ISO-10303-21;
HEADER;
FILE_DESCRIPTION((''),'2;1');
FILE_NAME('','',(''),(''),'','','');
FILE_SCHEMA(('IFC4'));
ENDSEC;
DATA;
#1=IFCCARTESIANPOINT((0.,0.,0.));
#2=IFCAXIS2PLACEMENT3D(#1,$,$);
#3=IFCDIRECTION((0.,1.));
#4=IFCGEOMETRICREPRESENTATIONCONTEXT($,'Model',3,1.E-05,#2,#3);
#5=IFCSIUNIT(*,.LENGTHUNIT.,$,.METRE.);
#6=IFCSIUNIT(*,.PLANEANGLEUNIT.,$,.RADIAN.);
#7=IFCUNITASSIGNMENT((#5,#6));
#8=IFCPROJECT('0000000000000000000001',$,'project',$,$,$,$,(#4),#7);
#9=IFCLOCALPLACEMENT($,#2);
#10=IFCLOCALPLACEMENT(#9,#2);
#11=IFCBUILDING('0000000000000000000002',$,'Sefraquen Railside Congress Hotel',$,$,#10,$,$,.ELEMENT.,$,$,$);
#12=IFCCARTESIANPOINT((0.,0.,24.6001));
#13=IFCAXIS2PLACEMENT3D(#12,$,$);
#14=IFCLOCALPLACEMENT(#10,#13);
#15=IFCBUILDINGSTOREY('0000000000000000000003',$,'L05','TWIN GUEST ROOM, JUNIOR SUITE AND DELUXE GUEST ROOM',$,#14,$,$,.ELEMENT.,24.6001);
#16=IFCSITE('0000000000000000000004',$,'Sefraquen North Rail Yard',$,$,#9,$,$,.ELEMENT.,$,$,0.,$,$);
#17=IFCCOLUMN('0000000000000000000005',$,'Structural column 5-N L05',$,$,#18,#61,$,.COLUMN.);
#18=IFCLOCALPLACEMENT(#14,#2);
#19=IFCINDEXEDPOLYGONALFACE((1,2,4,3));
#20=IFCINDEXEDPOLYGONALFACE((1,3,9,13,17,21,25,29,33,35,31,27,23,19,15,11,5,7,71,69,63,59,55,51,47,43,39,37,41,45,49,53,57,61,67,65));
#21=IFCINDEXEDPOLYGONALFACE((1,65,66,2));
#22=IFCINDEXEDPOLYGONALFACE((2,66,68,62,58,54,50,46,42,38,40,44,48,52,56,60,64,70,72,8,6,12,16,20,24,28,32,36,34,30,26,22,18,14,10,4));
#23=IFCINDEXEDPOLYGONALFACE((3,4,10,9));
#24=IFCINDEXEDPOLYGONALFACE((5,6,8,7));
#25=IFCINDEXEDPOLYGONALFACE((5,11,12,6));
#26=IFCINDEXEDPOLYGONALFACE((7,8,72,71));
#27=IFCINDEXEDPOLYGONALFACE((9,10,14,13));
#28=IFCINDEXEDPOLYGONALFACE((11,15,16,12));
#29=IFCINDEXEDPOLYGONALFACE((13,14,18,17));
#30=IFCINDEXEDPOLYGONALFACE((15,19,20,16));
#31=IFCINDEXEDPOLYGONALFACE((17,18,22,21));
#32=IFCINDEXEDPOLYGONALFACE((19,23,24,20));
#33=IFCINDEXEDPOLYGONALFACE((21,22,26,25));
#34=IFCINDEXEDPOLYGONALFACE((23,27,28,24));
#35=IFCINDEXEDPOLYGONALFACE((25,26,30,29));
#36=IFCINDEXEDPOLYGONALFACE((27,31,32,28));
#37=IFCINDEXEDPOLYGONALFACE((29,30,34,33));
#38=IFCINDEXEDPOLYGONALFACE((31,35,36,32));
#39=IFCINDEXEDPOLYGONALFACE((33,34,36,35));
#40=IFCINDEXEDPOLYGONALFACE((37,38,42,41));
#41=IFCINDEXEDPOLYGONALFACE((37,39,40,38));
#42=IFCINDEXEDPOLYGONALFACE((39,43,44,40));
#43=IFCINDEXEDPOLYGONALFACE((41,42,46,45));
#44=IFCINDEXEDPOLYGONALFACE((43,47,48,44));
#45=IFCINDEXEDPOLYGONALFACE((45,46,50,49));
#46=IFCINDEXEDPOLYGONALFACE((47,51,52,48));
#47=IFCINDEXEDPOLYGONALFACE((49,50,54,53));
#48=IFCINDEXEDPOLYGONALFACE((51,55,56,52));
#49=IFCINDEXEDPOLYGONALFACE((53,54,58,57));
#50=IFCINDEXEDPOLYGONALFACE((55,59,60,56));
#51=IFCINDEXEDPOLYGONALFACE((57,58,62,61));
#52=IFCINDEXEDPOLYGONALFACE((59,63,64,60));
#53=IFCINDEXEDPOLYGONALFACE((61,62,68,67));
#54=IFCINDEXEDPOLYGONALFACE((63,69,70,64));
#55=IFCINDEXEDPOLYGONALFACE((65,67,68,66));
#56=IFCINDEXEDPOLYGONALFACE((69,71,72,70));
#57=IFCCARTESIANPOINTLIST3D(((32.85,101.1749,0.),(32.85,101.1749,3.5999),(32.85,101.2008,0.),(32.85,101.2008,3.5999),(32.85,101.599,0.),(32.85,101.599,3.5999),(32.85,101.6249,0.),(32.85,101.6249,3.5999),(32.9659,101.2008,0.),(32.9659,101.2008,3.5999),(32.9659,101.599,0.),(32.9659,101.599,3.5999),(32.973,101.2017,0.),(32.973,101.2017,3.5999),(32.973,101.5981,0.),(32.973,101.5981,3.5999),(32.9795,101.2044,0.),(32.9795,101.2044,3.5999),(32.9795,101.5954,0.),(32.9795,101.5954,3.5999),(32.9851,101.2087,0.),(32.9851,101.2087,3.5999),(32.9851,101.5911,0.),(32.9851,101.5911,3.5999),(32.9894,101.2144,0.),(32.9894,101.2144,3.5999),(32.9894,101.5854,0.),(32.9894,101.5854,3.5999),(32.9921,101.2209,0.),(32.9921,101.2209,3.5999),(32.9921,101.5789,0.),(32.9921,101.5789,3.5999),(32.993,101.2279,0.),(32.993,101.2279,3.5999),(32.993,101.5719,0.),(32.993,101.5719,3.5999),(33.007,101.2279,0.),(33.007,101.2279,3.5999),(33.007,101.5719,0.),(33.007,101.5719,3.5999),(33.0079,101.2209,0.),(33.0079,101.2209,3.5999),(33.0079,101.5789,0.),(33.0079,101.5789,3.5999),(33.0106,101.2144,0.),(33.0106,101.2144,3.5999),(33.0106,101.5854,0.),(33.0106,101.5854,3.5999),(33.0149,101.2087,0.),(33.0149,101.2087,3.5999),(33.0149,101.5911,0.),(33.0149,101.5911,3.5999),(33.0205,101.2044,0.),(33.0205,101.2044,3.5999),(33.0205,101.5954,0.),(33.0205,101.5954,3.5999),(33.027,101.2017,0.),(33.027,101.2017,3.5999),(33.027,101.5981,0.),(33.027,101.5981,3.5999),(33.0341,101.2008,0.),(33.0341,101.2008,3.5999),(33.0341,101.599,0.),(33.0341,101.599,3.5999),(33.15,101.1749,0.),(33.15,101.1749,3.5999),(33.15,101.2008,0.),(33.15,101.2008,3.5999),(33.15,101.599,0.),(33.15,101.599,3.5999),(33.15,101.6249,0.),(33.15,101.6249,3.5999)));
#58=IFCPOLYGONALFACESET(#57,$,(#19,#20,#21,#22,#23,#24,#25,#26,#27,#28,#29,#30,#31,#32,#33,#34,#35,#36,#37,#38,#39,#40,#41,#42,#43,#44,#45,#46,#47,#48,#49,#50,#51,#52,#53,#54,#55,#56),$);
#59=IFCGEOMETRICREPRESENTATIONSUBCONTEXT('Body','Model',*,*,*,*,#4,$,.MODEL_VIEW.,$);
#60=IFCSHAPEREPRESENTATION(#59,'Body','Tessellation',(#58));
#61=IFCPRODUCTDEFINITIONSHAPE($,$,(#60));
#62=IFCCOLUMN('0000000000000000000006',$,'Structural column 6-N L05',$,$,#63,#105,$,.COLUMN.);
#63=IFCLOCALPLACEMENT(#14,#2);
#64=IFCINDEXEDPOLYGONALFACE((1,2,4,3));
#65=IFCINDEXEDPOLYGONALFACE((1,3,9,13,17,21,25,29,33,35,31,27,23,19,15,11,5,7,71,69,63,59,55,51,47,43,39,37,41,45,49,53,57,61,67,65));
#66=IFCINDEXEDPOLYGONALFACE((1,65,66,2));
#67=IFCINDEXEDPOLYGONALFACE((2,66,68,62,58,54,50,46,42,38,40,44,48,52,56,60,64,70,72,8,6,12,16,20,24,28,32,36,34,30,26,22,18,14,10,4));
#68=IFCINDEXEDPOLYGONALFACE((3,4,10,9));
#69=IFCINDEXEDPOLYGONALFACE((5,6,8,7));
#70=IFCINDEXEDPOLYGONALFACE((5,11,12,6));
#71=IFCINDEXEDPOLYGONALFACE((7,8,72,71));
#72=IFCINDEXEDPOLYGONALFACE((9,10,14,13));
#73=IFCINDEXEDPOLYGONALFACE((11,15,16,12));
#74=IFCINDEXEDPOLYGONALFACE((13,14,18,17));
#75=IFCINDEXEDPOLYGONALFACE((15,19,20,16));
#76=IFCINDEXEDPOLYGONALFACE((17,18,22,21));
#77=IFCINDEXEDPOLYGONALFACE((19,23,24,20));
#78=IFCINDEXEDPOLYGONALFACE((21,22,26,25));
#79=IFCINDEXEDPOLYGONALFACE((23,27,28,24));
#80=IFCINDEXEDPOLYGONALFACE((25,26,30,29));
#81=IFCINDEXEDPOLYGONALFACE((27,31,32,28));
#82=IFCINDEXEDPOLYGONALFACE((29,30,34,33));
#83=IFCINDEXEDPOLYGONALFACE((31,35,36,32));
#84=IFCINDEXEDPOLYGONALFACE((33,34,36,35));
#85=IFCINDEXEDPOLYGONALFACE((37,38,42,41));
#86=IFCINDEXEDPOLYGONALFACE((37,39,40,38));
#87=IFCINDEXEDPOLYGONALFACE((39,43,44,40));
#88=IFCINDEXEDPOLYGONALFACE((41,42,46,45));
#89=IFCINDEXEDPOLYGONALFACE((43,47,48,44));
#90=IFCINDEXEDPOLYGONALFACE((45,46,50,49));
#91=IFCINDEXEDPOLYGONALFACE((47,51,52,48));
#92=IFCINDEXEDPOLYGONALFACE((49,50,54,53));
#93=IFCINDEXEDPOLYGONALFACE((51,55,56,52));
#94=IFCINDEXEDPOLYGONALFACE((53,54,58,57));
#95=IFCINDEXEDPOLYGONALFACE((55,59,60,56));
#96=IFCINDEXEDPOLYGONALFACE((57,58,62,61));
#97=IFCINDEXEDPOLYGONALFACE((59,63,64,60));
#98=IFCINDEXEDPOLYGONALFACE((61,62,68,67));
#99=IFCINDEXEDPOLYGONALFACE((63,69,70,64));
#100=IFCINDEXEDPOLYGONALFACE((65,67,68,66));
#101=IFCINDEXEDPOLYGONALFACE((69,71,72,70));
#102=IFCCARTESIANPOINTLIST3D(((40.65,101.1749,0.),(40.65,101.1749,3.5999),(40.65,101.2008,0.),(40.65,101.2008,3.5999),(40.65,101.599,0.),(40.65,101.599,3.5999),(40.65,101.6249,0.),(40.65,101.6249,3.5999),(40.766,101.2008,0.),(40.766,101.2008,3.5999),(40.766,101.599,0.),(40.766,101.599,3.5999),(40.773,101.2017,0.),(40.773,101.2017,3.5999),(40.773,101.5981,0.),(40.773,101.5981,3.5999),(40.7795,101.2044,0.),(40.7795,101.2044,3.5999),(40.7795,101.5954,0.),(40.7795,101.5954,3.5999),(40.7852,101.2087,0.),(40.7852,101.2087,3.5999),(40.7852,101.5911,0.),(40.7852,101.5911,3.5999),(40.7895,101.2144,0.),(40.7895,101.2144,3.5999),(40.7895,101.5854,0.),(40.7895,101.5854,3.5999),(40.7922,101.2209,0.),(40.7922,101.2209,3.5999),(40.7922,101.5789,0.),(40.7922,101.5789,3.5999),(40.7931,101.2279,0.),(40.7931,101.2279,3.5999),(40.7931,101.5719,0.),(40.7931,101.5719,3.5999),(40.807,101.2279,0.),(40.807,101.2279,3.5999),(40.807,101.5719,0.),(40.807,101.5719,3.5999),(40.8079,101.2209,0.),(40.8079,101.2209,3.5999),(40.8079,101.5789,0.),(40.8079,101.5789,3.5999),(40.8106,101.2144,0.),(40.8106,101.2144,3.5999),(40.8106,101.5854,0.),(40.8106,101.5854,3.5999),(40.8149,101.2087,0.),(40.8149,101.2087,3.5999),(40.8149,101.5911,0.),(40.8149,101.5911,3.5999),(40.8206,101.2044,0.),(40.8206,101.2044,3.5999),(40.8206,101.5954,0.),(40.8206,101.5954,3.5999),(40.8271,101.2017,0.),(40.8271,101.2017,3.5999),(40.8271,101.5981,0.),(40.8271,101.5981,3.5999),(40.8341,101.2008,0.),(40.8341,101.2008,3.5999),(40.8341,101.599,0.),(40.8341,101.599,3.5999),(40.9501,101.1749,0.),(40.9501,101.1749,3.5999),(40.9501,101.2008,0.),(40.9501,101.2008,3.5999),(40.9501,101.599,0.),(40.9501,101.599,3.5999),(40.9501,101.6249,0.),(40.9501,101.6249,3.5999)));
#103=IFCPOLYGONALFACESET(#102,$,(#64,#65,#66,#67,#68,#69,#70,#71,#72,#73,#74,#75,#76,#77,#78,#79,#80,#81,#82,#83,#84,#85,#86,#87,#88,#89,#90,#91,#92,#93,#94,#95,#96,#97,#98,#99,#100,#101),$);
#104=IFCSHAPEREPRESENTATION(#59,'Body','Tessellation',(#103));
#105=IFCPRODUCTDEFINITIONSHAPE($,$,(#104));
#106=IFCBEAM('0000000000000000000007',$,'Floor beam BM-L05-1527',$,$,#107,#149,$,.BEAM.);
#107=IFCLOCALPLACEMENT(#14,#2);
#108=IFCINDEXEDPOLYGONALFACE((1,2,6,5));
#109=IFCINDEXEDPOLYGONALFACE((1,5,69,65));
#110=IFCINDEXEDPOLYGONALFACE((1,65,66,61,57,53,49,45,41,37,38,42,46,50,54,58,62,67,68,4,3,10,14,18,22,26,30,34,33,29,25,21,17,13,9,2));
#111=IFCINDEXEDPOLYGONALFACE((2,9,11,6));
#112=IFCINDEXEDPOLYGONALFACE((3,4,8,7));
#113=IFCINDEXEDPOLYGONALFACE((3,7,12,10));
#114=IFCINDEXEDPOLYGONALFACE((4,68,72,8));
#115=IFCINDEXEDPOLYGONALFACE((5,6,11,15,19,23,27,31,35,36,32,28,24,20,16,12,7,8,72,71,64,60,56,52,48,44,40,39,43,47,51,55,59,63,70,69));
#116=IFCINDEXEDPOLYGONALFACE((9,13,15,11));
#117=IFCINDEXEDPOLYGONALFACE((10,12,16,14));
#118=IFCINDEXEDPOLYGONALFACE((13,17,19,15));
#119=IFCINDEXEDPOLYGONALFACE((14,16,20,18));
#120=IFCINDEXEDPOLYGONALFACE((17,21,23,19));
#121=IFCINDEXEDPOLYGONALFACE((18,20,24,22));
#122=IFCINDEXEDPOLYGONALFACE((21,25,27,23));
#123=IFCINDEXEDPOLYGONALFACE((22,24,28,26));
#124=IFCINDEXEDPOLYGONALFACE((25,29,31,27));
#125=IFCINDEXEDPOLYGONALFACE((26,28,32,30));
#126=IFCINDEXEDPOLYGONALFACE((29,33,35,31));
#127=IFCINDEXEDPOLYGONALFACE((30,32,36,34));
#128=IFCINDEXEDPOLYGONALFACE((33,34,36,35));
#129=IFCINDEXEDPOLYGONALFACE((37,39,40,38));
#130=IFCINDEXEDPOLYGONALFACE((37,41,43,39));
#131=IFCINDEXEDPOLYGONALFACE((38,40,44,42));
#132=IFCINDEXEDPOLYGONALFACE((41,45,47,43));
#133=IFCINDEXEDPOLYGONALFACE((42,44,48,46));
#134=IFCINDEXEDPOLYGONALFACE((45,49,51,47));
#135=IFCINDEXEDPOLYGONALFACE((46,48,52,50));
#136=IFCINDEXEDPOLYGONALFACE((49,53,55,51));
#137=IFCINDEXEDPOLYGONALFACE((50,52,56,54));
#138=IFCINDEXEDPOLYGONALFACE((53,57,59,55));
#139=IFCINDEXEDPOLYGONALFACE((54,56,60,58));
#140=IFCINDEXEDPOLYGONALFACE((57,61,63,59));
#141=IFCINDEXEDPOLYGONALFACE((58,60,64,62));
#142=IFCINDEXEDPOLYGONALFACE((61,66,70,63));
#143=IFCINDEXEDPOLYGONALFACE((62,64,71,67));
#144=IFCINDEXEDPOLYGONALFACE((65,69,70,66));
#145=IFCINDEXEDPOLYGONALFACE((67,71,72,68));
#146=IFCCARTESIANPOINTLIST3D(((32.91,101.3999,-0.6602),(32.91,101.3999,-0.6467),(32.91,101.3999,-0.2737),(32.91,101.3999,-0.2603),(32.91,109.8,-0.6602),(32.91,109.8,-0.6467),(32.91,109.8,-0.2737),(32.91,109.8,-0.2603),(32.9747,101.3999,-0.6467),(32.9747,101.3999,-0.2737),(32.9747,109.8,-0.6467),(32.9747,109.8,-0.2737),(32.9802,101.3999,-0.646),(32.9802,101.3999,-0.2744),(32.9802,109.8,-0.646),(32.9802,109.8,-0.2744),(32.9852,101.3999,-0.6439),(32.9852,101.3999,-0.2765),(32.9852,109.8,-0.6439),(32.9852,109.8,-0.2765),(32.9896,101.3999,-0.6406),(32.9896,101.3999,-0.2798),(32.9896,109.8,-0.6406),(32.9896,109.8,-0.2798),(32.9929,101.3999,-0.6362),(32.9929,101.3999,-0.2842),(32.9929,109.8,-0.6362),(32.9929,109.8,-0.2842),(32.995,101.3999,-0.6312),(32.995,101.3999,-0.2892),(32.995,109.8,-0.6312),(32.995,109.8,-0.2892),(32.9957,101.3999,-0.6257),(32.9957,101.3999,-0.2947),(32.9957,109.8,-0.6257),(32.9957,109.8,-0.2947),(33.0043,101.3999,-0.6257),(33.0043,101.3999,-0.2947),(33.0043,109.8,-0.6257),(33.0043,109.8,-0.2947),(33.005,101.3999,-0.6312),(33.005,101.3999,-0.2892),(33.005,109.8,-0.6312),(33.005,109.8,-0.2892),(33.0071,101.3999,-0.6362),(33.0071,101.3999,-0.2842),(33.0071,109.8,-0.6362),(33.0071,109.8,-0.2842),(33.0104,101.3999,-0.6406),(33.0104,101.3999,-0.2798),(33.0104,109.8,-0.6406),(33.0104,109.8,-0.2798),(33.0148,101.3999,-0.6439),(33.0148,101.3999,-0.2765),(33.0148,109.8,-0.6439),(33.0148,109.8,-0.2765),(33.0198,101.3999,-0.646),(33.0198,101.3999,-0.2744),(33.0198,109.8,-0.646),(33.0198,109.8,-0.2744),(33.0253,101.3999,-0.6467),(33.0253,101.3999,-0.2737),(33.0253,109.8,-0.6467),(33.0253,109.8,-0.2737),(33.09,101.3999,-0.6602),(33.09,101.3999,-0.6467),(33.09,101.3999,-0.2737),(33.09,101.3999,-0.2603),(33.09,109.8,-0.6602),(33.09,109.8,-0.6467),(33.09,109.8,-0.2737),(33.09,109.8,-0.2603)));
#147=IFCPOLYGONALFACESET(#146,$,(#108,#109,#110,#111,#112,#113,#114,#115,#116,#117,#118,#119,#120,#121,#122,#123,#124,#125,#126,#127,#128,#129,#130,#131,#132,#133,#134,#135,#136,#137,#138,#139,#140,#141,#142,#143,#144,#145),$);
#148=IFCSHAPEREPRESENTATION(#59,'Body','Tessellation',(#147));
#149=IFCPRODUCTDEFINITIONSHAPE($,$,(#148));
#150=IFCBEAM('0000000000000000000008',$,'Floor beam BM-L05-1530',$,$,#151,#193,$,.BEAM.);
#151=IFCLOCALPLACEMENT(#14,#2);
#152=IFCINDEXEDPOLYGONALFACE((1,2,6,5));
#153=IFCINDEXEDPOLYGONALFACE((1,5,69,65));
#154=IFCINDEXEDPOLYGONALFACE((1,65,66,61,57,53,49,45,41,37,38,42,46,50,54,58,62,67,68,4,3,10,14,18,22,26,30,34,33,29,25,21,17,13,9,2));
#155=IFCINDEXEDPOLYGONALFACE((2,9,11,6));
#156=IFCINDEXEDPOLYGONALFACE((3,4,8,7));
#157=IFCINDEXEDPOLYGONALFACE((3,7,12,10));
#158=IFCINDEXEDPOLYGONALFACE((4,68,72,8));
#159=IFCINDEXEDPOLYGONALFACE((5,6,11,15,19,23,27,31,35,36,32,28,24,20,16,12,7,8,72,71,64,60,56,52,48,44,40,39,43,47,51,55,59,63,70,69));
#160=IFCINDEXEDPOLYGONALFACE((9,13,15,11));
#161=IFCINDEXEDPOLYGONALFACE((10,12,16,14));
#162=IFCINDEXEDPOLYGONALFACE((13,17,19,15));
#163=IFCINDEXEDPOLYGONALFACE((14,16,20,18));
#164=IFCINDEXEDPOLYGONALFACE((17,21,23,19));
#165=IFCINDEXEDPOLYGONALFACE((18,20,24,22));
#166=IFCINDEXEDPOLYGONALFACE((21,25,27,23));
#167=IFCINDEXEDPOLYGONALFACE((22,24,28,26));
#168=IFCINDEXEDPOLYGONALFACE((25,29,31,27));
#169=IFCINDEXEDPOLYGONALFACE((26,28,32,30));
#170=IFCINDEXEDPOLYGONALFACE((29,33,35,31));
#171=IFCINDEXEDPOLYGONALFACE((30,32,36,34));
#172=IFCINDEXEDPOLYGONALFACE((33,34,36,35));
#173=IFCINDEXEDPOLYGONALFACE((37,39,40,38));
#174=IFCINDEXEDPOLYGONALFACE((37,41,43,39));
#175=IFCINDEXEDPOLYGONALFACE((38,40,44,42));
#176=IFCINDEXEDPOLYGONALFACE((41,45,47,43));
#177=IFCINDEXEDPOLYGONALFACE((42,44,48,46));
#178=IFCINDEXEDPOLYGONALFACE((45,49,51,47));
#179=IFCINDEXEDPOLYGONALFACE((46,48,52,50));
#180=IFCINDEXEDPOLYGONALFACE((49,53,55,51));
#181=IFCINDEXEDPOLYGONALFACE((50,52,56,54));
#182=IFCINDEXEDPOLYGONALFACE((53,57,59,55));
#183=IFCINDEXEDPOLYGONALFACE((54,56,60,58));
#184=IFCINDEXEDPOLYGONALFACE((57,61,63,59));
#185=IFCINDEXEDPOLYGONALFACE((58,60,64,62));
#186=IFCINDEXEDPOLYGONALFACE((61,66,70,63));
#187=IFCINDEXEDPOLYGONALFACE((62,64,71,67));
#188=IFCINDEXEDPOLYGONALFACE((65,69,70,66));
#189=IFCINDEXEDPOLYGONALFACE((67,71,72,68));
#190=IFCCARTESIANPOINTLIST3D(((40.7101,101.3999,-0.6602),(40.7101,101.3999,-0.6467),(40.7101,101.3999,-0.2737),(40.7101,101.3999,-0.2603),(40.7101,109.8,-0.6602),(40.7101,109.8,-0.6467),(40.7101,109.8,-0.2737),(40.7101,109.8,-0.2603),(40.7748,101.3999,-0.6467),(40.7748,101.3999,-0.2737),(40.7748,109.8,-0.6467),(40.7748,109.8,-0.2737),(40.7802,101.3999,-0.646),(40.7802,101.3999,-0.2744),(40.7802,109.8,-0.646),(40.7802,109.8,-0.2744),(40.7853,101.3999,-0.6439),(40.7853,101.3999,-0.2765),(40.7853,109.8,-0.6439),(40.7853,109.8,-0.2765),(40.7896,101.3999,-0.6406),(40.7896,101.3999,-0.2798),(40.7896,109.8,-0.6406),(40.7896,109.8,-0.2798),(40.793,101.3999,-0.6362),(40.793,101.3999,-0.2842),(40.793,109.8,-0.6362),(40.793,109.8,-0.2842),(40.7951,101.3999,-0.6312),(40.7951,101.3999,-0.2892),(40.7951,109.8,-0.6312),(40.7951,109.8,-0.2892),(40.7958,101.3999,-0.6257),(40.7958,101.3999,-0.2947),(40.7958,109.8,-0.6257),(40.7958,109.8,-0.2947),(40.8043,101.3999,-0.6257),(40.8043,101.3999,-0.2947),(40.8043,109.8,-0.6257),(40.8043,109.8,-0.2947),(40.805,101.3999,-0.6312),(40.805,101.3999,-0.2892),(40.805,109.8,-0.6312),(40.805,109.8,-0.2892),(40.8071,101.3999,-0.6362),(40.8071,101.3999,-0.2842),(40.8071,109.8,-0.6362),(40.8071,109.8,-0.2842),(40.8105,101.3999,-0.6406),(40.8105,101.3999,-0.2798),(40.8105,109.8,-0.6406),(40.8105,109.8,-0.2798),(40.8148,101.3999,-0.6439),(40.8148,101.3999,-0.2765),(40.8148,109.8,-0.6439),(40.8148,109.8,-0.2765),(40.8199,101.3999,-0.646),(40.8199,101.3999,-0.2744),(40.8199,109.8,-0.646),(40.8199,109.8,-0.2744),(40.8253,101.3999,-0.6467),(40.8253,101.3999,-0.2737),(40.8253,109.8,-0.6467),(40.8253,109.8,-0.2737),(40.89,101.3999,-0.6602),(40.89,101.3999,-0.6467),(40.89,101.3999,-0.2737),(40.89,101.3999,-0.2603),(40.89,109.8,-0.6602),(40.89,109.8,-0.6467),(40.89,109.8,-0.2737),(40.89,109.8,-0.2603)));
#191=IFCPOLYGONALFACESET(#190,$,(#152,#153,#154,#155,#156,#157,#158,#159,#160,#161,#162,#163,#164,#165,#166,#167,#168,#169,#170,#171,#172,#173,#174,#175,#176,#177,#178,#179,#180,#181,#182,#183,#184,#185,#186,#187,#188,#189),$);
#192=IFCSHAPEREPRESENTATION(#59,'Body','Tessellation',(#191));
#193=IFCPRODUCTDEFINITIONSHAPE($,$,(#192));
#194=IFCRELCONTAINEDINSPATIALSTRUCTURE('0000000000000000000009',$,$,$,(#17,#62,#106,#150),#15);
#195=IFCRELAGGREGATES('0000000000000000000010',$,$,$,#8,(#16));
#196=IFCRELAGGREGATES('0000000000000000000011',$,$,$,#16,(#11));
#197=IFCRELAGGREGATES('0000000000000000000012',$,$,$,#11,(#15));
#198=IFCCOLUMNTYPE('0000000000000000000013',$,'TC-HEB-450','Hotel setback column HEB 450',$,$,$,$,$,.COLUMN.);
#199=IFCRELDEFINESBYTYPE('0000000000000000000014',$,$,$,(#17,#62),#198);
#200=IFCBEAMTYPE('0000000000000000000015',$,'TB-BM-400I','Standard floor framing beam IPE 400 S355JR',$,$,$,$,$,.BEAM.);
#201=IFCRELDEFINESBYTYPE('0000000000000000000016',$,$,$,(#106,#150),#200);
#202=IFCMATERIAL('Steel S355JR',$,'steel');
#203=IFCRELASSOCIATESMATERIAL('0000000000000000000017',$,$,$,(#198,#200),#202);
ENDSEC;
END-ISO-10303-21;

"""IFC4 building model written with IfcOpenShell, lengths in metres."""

from ifc_helpers import new_model, si_unit, direction, frame, origin, origin_2d, place, context, subcontext, project, spatial, i_section, extrude, material, material_profile, profile_set, type_object, element, save


model = new_model("IFC4")

# Units and contexts
model_context = context("Model", 3, precision=1e-05, world=origin(), true_north=direction((0.0, 1.0)))
body_context = subcontext(model_context, "Body", "Model", "MODEL_VIEW")
ifc_project = project(units=[si_unit("LENGTHUNIT", "METRE"), si_unit("PLANEANGLEUNIT", "RADIAN")], contexts=[model_context])

# Site, building, storey
site_placement = place(None, origin())
site = spatial("IfcSite", under=ifc_project, at=site_placement, Name="Sefraquen North Rail Yard", CompositionType="ELEMENT", RefElevation=0.0)
building_placement = place(site_placement, origin())
building = spatial("IfcBuilding", under=site, at=building_placement, Name="Sefraquen Railside Congress Hotel", CompositionType="ELEMENT")
storey_placement = place(building_placement, frame((0.0, 0.0, 24.6001)))
storey = spatial("IfcBuildingStorey", under=building, at=storey_placement, Name="L05", Description="TWIN GUEST ROOM, JUNIOR SUITE AND DELUXE GUEST ROOM", CompositionType="ELEMENT", Elevation=24.6001)

# Columns
ifc_material_1 = material(Name="Steel S355JR", Category="steel")
ifc_material_profile_1 = material_profile(ifc_material_1, i_section(OverallWidth=0.3, OverallDepth=0.45, WebThickness=0.0139, FlangeThickness=0.0259, FilletRadius=0.0271, at=origin_2d()), Name="HEB 450")
ifc_profile_set_1 = profile_set([ifc_material_profile_1], Name="Steel S355JR")
column_type = type_object("IfcColumnType", Name="TC-HEB-450", Description="Hotel setback column HEB 450", PredefinedType="COLUMN", material=ifc_profile_set_1)
for number, where, z_axis, x_axis, name in (
    (1, (33.0, 101.3999, 0.0), (0.0, 0.0, 1.0), (1.0, 0.0, 0.0), "Structural column 5-N L05"),
    (2, (40.8, 101.3999, 0.0), (0.0, 0.0, 1.0), (1.0, 0.0, 0.0), "Structural column 6-N L05"),
):
    element("IfcColumn", number, at=place(storey_placement, frame(where, z_axis=z_axis, x_axis=x_axis)), inside=storey, type_object=column_type, Name=name, PredefinedType="COLUMN", context=body_context, shape_type="SweptSolid", body=[
        extrude(i_section(OverallWidth=0.3, OverallDepth=0.45, WebThickness=0.0139, FlangeThickness=0.0259, FilletRadius=0.0271, at=origin_2d()), origin(), (0.0, 0.0, 1.0), 3.5999),
    ])

# Beams
ifc_material_profile_2 = material_profile(ifc_material_1, i_section(OverallWidth=0.1799, OverallDepth=0.3999, WebThickness=0.0085, FlangeThickness=0.0134, FilletRadius=0.021, at=origin_2d()), Name="IPE 400")
ifc_profile_set_2 = profile_set([ifc_material_profile_2], Name="Steel S355JR")
beam_type_1 = type_object("IfcBeamType", Name="TB-BM-400I", Description="Standard floor framing beam IPE 400 S355JR", PredefinedType="BEAM", material=ifc_profile_set_2)
for number, where, z_axis, x_axis, name in (
    (3, (33.0, 101.3999, -0.4602), (0.0, 1.0, 0.0), (-1.0, 0.0, 0.0), "Floor beam BM-L05-1527"),
    (4, (40.8, 101.3999, -0.4602), (0.0, 1.0, 0.0), (-1.0, 0.0, 0.0), "Floor beam BM-L05-1530"),
):
    element("IfcBeam", number, at=place(storey_placement, frame(where, z_axis=z_axis, x_axis=x_axis)), inside=storey, type_object=beam_type_1, Name=name, PredefinedType="BEAM", context=body_context, shape_type="SweptSolid", body=[
        extrude(i_section(OverallWidth=0.1799, OverallDepth=0.3999, WebThickness=0.0085, FlangeThickness=0.0134, FilletRadius=0.021, at=origin_2d()), origin(), (0.0, 0.0, 1.0), 8.4001),
    ])

save(model, "model.ifc")
